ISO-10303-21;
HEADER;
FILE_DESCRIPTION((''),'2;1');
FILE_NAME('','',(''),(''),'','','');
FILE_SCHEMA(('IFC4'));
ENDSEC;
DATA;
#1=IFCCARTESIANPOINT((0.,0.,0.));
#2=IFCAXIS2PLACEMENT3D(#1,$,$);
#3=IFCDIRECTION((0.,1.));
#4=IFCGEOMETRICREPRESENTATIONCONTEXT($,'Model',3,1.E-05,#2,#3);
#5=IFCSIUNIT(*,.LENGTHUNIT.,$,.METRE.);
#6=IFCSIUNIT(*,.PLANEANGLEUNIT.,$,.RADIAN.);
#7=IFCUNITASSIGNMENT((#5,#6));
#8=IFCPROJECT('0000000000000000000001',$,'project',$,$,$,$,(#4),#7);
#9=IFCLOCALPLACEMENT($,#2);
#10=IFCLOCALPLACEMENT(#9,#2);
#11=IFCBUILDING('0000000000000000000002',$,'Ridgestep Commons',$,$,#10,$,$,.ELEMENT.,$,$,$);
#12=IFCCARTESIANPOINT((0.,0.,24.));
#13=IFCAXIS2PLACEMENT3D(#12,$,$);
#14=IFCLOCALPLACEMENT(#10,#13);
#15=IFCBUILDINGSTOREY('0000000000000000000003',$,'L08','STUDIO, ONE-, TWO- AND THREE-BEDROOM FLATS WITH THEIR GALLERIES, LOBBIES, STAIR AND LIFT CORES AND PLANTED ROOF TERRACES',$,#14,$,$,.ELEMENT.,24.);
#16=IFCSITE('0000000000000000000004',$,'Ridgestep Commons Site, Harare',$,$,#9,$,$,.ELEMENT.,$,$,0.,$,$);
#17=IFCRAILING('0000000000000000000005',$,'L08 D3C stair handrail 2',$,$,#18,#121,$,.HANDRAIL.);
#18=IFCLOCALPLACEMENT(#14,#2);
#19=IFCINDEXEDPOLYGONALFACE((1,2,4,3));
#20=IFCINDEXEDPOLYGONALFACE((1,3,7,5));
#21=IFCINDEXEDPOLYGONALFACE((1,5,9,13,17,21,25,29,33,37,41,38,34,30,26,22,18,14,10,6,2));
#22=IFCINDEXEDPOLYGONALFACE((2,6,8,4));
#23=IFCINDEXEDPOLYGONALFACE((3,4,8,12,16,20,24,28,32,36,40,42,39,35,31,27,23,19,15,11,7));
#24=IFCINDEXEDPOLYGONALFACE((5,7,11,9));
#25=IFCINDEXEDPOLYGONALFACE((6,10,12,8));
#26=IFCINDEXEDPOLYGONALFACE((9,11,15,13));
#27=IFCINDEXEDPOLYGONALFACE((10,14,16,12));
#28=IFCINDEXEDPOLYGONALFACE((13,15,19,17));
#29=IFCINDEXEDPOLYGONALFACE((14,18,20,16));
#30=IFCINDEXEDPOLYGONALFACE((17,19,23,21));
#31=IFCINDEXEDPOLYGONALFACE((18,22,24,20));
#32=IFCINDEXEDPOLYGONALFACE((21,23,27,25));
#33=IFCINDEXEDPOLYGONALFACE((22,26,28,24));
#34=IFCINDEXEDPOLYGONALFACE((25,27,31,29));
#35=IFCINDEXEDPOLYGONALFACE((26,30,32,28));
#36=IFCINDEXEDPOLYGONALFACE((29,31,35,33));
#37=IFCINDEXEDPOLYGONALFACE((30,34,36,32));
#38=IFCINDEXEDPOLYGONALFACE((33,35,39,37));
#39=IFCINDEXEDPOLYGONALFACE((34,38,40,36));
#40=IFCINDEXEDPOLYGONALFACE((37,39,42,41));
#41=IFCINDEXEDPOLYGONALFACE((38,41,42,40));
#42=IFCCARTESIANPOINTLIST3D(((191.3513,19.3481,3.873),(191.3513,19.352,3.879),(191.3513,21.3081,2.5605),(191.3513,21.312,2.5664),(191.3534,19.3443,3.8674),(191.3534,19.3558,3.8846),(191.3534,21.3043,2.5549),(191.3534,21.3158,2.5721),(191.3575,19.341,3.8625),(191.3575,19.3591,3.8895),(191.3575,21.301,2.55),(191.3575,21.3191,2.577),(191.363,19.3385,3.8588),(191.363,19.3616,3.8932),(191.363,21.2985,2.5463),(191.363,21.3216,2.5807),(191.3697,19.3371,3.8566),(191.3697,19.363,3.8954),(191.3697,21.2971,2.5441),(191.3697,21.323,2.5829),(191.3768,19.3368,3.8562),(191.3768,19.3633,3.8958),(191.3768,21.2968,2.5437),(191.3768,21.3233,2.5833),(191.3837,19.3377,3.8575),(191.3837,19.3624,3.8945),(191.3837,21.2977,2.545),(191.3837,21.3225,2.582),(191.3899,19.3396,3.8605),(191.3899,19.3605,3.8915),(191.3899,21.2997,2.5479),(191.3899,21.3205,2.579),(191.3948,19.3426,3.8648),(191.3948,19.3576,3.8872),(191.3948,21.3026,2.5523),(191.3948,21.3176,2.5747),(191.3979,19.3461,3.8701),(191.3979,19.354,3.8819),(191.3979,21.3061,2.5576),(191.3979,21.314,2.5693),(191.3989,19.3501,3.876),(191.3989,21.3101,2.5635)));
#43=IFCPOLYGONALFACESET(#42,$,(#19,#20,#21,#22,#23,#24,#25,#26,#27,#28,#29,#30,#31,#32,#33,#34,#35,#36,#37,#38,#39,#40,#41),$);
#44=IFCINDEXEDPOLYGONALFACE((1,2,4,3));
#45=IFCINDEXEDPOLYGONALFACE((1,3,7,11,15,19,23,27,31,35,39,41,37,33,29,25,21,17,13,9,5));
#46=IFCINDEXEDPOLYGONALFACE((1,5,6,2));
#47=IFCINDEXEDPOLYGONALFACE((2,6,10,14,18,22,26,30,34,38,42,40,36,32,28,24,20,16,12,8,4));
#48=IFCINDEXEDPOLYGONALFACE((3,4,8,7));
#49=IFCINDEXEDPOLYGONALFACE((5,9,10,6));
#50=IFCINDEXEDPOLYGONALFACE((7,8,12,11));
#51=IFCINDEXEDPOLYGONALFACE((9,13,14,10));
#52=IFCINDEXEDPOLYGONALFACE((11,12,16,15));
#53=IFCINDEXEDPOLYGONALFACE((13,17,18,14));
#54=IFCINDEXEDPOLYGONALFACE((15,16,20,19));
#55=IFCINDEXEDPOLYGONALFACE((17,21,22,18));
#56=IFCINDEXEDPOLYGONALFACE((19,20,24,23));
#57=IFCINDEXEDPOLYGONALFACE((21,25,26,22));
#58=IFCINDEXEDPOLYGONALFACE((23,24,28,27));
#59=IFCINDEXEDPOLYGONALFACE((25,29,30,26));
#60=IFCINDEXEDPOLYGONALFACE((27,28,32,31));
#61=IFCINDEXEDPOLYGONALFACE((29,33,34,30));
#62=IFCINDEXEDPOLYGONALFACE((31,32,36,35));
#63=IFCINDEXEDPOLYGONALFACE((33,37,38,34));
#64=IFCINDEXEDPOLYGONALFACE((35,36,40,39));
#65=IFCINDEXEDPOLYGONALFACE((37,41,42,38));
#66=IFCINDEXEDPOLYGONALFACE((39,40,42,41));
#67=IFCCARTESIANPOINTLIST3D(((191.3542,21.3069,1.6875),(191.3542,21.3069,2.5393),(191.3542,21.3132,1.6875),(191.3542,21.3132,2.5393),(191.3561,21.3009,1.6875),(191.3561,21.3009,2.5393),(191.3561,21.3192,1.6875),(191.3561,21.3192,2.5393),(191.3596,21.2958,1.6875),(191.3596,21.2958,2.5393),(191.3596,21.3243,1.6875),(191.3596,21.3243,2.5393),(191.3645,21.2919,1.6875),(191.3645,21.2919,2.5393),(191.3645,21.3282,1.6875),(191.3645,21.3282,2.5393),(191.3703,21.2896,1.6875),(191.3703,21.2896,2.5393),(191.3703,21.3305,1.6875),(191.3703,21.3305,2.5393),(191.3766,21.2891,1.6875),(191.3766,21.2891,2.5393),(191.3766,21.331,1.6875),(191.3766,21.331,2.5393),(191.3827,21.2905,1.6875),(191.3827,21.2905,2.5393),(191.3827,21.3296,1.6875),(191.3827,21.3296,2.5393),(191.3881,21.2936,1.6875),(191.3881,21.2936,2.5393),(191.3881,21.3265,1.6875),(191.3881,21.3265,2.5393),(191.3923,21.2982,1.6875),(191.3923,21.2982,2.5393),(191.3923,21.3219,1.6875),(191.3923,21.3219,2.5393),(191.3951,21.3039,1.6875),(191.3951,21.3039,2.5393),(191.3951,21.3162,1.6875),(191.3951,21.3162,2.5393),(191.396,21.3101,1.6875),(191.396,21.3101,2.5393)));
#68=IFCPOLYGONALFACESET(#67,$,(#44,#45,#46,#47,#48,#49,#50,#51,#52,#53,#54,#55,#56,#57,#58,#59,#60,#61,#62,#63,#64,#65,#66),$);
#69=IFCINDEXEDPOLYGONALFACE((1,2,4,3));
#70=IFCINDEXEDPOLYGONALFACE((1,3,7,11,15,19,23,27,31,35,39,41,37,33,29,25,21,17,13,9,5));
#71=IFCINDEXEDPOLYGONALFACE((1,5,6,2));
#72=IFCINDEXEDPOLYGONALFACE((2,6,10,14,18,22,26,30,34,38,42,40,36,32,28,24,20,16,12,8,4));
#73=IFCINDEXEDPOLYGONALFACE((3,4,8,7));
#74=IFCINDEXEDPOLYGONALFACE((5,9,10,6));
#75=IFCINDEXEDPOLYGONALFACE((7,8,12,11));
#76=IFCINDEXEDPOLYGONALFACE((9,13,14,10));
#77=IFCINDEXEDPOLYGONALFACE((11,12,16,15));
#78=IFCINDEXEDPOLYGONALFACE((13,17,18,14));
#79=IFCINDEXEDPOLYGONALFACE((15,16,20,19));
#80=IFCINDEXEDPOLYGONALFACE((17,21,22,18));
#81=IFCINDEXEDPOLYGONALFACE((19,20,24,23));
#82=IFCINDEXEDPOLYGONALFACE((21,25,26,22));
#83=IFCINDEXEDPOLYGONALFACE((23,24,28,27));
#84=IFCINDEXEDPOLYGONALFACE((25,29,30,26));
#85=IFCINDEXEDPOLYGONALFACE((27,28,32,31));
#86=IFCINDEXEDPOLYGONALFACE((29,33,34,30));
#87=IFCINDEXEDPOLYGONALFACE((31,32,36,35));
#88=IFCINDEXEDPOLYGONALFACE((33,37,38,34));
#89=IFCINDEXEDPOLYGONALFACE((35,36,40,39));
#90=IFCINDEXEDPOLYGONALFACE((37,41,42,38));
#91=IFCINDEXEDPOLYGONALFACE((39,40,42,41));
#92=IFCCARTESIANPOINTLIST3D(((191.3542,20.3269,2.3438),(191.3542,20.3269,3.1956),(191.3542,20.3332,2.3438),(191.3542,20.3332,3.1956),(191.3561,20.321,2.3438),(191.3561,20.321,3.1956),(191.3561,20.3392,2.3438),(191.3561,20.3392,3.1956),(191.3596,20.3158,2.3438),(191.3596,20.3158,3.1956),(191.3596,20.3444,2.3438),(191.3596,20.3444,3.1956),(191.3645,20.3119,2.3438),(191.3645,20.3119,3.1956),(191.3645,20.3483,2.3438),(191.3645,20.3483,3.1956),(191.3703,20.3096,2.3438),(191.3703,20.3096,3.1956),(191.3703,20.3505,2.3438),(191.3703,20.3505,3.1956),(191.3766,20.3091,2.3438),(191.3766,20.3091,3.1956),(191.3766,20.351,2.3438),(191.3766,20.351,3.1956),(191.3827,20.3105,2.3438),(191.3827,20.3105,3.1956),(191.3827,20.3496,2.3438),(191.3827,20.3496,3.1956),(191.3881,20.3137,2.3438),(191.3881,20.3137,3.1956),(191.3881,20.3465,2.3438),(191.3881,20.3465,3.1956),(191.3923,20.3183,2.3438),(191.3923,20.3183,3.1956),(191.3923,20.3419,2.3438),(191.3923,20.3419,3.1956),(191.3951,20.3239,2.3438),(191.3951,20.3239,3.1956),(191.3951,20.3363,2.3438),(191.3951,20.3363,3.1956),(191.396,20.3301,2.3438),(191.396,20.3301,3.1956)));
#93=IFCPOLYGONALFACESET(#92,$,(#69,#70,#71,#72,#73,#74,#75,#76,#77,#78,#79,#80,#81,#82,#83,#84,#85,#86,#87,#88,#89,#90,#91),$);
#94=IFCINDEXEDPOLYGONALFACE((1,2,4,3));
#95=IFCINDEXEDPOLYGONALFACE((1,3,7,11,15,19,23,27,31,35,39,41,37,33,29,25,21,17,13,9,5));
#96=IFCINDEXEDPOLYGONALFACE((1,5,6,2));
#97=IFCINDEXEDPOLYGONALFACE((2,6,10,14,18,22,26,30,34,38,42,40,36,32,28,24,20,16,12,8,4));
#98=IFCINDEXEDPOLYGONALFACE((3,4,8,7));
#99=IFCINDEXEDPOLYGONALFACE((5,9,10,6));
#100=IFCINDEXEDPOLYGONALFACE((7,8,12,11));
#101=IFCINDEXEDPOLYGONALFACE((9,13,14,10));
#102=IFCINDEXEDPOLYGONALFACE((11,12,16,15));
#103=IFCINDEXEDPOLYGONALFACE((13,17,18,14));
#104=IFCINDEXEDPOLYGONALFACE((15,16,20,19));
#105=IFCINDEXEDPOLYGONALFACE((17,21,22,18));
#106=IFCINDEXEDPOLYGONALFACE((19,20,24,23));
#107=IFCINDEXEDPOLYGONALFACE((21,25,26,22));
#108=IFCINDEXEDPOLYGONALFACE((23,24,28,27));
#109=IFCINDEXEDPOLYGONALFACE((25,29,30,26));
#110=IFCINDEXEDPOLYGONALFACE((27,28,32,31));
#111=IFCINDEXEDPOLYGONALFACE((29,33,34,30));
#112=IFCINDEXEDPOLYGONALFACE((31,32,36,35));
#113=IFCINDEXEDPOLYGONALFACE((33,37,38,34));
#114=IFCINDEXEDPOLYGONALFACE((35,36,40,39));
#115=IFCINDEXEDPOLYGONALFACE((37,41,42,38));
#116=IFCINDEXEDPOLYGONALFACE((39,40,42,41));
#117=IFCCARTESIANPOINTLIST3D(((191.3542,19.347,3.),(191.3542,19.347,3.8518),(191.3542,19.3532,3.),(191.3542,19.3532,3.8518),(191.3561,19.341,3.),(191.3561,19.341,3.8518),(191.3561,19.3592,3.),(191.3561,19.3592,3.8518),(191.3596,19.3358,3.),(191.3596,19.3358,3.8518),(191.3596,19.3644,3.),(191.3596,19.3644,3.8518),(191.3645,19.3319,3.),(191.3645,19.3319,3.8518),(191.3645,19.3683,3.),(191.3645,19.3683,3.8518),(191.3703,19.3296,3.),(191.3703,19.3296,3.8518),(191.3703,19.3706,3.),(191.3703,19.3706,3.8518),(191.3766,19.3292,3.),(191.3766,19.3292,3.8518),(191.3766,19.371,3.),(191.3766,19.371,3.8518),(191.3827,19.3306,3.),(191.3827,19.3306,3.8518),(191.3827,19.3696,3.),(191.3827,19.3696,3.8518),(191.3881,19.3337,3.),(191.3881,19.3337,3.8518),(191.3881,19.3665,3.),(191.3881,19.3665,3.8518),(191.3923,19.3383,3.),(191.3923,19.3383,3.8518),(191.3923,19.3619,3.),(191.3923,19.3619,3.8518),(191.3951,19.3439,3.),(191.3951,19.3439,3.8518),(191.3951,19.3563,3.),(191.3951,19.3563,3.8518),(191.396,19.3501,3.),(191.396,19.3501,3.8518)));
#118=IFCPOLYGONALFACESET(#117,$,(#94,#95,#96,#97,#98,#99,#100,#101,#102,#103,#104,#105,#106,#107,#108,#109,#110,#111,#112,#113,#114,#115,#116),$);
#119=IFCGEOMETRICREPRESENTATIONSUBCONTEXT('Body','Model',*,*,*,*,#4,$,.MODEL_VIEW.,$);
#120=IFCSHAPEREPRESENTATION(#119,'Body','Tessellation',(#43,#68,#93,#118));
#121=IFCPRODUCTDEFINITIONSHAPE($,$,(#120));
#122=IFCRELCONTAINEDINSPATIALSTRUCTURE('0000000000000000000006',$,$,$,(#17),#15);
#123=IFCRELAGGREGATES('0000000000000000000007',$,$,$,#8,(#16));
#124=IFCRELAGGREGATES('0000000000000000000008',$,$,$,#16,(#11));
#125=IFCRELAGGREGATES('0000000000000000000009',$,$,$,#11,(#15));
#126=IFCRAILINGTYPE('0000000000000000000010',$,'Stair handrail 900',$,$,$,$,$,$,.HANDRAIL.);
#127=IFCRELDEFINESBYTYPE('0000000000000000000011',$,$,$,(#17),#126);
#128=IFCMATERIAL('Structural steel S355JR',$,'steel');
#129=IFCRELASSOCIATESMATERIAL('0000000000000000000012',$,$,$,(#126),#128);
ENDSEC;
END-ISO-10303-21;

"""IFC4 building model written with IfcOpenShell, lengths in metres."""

from ifc_helpers import new_model, si_unit, direction, frame, origin, origin_2d, place, context, subcontext, project, spatial, circle, extrude, material, type_object, element, save


model = new_model("IFC4")

# Units and contexts
model_context = context("Model", 3, precision=1e-05, world=origin(), true_north=direction((0.0, 1.0)))
body_context = subcontext(model_context, "Body", "Model", "MODEL_VIEW")
ifc_project = project(units=[si_unit("LENGTHUNIT", "METRE"), si_unit("PLANEANGLEUNIT", "RADIAN")], contexts=[model_context])

# Site, building, storey
site_placement = place(None, origin())
site = spatial("IfcSite", under=ifc_project, at=site_placement, Name="Ridgestep Commons Site, Harare", CompositionType="ELEMENT", RefElevation=0.0)
building_placement = place(site_placement, origin())
building = spatial("IfcBuilding", under=site, at=building_placement, Name="Ridgestep Commons", CompositionType="ELEMENT")
storey_placement = place(building_placement, frame((0.0, 0.0, 24.0)))
storey = spatial("IfcBuildingStorey", under=building, at=storey_placement, Name="L08", Description="STUDIO, ONE-, TWO- AND THREE-BEDROOM FLATS WITH THEIR GALLERIES, LOBBIES, STAIR AND LIFT CORES AND PLANTED ROOF TERRACES", CompositionType="ELEMENT", Elevation=24.0)

# Railing
ifc_material_1 = material(Name="Structural steel S355JR", Category="steel")
railing_type_1 = type_object("IfcRailingType", Name="Stair handrail 900", PredefinedType="HANDRAIL", material=ifc_material_1)
railing_1_placement = place(storey_placement, frame((191.375, 21.3101, 1.6875)))
element("IfcRailing", 1, at=railing_1_placement, inside=storey, type_object=railing_type_1, Name="L08 D3C stair handrail 2", PredefinedType="HANDRAIL", context=body_context, shape_type="SweptSolid", body=[
    extrude(circle(Radius=0.0239, at=origin_2d()), frame((0.0, 0.0, 0.876), z_axis=(0.0, -0.830902, 0.556419), x_axis=(1.0, 0.0, 0.0)), (0.0, 0.0, 1.0), 2.3589),
    extrude(circle(Radius=0.021, at=origin_2d()), origin(), (0.0, 0.0, 1.0), 0.8518),
    extrude(circle(Radius=0.021, at=origin_2d()), frame((0.0, -0.98, 0.6562)), (0.0, 0.0, 1.0), 0.8518),
    extrude(circle(Radius=0.021, at=origin_2d()), frame((0.0, -1.96, 1.3125)), (0.0, 0.0, 1.0), 0.8518),
])

save(model, "model.ifc")
